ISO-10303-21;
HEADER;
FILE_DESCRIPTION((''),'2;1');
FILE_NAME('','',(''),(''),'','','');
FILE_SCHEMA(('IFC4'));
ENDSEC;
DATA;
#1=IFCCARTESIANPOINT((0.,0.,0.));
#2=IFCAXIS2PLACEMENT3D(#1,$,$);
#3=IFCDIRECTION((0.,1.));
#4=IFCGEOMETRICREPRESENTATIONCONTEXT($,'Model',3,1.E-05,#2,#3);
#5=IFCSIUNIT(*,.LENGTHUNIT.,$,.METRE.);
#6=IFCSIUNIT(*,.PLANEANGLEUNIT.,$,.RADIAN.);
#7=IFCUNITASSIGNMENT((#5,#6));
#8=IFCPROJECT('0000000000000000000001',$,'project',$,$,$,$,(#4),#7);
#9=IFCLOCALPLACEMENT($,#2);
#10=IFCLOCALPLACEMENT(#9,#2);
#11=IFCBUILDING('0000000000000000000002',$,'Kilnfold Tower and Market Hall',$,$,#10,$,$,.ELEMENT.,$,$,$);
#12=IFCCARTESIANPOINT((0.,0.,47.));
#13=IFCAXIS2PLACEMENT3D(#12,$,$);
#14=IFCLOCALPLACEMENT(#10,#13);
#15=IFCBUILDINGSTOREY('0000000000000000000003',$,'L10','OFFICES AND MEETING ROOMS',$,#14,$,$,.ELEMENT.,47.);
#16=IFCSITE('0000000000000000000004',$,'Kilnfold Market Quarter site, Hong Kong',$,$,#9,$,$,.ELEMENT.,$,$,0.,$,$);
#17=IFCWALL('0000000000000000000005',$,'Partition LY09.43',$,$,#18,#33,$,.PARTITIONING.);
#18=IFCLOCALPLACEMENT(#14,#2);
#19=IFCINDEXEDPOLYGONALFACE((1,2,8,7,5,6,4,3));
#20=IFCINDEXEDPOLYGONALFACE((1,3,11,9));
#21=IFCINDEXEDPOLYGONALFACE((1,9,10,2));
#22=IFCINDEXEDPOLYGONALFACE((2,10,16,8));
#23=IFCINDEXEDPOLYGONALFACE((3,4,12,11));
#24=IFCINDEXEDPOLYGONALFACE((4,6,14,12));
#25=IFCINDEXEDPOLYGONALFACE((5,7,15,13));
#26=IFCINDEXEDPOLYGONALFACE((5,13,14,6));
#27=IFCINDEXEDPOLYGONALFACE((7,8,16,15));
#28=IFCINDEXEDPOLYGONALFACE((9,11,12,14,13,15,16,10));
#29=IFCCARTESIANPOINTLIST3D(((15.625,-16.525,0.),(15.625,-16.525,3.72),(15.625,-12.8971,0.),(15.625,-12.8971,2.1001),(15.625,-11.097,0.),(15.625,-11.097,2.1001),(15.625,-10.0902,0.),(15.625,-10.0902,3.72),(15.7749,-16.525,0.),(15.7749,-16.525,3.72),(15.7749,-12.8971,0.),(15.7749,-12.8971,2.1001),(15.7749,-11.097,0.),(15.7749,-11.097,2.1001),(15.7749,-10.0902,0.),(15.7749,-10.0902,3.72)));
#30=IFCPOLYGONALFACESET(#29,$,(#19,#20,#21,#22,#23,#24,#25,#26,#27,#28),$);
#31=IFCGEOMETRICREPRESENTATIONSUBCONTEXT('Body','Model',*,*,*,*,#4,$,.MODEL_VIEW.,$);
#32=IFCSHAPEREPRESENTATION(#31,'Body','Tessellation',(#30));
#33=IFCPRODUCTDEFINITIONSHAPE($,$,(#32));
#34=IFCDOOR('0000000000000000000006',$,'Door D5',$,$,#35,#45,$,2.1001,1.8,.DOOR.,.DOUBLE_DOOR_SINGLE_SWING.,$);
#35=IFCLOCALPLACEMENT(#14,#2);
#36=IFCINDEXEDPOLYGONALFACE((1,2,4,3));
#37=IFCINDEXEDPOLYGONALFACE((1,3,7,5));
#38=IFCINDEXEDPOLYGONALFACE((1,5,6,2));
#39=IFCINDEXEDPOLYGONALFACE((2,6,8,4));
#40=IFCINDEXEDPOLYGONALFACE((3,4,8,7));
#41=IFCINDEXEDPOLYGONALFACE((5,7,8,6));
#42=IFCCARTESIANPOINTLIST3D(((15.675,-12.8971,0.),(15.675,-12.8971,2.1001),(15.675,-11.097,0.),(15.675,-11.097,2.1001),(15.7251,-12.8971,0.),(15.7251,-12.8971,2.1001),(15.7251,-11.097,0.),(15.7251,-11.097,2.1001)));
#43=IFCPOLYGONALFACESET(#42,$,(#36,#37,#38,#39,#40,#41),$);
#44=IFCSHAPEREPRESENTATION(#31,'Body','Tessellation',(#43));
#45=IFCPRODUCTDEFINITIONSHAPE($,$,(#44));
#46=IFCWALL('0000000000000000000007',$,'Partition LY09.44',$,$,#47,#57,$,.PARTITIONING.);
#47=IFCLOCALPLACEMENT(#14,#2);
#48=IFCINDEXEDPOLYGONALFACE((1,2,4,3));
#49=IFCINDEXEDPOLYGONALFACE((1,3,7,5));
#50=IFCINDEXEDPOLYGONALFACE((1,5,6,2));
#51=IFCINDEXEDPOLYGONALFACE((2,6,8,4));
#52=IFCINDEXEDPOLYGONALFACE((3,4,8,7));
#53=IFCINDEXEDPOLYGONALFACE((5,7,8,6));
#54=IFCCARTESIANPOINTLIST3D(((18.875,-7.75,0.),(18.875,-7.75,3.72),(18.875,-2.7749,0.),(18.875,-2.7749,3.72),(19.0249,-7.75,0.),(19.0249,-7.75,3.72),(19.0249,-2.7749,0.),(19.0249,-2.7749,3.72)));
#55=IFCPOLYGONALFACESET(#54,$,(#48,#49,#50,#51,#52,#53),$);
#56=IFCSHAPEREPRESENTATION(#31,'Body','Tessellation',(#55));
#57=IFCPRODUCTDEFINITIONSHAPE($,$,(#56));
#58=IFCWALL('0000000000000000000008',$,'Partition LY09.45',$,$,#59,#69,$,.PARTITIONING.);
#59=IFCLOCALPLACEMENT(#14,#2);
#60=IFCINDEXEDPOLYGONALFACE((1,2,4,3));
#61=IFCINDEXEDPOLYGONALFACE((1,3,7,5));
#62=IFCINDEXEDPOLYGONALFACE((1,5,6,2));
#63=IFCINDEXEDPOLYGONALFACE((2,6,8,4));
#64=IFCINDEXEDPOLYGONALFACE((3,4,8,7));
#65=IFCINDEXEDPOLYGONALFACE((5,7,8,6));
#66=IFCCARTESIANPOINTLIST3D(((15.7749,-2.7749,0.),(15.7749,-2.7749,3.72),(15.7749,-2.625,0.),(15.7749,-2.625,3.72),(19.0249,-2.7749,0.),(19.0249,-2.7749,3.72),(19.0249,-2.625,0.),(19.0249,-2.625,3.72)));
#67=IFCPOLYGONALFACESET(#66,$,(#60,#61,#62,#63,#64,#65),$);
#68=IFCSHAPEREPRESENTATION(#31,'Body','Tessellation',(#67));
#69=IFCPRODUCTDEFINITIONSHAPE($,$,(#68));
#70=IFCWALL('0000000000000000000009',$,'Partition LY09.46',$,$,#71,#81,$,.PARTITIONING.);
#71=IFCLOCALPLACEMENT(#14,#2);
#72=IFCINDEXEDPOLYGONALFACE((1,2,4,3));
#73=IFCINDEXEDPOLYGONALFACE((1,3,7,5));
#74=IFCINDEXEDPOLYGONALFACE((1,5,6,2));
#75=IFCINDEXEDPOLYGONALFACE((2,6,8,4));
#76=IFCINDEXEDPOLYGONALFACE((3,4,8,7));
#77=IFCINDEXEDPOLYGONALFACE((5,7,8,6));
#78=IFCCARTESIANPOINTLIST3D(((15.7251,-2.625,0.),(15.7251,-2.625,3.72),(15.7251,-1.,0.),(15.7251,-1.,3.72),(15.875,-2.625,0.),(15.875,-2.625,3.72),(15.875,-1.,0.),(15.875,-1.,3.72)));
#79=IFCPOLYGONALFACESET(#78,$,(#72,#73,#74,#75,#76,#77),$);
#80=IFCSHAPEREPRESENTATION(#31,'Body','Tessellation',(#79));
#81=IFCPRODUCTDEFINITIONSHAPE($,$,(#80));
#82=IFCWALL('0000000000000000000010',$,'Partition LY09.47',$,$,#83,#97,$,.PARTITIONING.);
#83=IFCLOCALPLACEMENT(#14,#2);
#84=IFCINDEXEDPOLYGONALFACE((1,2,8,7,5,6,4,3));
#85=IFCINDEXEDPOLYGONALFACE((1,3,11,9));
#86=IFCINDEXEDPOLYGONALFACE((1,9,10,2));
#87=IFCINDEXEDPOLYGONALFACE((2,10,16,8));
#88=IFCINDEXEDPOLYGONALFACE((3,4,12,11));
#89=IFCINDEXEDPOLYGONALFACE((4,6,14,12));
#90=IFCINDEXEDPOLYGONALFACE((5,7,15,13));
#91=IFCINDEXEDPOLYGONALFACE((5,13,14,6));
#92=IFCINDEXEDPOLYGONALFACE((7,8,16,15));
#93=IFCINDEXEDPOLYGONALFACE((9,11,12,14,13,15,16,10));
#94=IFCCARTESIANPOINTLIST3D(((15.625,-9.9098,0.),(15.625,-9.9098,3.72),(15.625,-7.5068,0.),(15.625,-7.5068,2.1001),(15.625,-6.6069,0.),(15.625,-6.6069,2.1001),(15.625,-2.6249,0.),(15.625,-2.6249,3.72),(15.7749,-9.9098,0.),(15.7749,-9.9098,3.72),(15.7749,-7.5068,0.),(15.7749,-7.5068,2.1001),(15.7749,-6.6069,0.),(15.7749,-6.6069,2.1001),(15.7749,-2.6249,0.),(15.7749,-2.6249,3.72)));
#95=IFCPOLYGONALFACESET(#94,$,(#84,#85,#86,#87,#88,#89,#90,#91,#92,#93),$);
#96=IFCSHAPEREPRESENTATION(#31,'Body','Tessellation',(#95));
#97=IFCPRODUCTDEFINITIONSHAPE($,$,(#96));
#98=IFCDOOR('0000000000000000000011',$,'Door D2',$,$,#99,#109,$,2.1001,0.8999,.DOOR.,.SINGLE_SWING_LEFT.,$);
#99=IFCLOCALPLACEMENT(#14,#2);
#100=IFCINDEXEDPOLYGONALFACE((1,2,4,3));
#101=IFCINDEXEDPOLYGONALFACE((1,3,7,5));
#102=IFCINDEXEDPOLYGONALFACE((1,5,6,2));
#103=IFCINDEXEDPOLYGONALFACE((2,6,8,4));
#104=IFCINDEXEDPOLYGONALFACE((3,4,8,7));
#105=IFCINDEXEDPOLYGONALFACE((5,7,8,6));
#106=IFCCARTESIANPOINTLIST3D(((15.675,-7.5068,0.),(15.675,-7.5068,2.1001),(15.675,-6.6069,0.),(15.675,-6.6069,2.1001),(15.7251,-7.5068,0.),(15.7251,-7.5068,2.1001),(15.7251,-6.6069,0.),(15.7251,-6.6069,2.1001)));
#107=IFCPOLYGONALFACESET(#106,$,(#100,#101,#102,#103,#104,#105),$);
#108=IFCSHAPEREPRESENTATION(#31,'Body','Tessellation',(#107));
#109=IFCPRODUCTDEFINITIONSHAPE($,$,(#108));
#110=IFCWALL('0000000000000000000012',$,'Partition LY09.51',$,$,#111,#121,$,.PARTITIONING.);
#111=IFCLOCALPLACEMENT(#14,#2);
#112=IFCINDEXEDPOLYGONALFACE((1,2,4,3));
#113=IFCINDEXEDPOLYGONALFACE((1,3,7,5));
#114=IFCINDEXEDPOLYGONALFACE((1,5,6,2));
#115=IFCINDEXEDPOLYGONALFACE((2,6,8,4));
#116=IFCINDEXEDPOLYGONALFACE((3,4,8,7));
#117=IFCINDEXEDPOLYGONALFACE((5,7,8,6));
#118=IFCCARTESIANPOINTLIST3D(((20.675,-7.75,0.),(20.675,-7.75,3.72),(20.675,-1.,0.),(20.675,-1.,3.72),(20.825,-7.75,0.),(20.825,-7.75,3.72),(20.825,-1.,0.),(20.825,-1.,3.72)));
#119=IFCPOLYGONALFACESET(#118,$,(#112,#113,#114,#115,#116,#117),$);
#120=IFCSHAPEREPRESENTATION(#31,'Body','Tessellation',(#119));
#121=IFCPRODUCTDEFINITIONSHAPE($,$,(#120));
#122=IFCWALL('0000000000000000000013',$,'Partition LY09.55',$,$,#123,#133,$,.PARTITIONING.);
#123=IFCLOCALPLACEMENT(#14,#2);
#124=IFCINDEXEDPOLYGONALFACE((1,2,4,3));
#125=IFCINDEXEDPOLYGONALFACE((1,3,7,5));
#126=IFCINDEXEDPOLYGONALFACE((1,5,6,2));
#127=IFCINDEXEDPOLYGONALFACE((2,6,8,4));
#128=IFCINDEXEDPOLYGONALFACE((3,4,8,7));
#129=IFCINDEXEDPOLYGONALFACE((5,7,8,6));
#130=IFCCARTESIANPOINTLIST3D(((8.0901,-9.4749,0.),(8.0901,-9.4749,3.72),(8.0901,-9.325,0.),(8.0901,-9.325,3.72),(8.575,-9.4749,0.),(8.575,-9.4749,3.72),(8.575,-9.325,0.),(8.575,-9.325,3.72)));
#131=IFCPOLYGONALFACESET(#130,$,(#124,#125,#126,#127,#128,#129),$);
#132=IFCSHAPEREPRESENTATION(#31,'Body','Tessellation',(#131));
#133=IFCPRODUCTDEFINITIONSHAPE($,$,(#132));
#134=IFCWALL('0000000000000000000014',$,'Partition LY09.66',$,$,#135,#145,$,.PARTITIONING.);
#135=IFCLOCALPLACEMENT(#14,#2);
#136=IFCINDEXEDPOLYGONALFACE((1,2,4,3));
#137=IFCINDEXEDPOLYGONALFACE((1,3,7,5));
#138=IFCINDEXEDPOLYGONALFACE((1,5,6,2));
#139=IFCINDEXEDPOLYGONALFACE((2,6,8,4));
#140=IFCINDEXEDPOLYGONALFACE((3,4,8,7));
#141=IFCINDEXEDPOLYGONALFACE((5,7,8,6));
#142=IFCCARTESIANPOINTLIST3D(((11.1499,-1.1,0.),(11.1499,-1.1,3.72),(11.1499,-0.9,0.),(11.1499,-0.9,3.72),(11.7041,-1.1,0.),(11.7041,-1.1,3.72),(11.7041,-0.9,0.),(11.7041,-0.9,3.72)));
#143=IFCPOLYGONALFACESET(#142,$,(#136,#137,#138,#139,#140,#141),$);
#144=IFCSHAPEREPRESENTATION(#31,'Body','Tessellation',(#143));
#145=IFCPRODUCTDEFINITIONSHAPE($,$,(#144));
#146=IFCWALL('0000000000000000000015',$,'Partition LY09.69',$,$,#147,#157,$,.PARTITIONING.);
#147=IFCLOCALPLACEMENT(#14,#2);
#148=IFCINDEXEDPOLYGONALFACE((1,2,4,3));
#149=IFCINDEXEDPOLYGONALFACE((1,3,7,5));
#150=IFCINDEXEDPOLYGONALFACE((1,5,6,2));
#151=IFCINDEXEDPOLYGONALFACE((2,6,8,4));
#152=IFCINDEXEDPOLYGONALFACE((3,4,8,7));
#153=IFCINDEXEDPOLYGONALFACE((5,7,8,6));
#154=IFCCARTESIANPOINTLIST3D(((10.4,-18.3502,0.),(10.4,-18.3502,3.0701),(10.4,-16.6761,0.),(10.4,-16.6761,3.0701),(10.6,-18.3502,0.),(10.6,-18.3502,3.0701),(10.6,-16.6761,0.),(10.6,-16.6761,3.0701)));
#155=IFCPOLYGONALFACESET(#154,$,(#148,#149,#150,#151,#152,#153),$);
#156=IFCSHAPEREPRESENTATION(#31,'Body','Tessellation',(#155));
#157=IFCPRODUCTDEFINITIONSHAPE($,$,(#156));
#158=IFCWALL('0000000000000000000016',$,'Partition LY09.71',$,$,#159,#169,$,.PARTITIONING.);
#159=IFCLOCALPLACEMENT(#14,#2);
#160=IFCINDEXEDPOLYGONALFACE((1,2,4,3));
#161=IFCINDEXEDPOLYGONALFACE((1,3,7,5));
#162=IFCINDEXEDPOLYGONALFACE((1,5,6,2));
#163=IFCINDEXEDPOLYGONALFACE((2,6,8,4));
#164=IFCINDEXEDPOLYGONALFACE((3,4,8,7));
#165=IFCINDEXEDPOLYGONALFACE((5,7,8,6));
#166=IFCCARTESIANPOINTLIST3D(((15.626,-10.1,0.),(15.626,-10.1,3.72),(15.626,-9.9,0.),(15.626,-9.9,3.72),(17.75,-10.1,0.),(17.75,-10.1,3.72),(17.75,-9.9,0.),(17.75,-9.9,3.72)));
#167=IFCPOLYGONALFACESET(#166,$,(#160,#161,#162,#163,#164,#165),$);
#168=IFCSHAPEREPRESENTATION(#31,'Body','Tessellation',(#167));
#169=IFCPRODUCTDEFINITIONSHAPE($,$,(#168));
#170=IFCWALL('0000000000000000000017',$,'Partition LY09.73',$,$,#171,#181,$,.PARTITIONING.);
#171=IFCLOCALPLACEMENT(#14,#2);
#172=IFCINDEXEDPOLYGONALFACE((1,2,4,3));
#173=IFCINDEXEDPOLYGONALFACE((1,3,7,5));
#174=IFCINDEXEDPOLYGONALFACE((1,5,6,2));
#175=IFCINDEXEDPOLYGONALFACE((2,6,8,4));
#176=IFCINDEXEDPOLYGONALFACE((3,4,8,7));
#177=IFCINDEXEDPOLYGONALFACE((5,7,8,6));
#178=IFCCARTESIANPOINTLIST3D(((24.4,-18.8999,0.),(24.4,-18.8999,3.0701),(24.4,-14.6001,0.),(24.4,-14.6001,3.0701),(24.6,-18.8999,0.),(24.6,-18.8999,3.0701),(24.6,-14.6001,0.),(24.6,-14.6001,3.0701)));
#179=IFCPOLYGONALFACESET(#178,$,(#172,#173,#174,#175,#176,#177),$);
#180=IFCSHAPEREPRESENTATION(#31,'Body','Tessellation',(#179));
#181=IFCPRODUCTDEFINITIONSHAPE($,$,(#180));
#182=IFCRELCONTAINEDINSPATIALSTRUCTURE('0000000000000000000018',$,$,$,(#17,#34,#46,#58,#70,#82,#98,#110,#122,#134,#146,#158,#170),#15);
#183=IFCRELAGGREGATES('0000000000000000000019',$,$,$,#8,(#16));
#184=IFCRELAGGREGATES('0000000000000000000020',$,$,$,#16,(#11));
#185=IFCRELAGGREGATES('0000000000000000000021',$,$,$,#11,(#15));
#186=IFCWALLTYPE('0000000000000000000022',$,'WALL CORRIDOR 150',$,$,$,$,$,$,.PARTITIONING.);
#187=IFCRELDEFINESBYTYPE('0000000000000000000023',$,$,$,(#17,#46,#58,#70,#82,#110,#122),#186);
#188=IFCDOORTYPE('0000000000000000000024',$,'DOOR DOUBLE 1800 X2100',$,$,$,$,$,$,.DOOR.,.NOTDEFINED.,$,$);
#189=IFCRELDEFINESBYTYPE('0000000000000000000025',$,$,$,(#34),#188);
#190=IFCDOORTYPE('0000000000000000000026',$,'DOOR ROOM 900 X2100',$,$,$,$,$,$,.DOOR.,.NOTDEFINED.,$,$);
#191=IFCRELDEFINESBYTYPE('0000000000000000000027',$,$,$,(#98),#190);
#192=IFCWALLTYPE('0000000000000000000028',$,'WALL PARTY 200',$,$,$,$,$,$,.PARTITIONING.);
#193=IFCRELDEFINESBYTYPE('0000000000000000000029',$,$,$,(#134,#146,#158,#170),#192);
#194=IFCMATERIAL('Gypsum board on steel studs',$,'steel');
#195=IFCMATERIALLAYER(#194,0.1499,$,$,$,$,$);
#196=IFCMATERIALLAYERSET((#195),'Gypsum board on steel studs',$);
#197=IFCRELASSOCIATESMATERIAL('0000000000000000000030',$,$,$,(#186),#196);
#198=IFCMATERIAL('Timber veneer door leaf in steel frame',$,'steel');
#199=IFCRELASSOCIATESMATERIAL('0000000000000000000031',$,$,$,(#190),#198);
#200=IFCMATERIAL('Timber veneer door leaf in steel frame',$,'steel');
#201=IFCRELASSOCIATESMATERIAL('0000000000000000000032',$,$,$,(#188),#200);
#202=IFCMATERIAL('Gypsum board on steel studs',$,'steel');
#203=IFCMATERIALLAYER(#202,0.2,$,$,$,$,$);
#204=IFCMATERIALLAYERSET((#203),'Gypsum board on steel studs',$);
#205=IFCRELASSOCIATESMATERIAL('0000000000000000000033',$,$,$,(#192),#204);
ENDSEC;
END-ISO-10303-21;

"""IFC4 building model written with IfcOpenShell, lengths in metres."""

from ifc_helpers import new_model, si_unit, direction, frame, frame_2d, origin, place, context, subcontext, project, spatial, rectangle, extrude, material, layer, layer_set, type_object, element, fill, save


model = new_model("IFC4")

# Units and contexts
model_context = context("Model", 3, precision=1e-05, world=origin(), true_north=direction((0.0, 1.0)))
body_context = subcontext(model_context, "Body", "Model", "MODEL_VIEW")
ifc_project = project(units=[si_unit("LENGTHUNIT", "METRE"), si_unit("PLANEANGLEUNIT", "RADIAN")], contexts=[model_context])

# Site, building, storey
site_placement = place(None, origin())
site = spatial("IfcSite", under=ifc_project, at=site_placement, Name="Kilnfold Market Quarter site, Hong Kong", CompositionType="ELEMENT", RefElevation=0.0)
building_placement = place(site_placement, origin())
building = spatial("IfcBuilding", under=site, at=building_placement, Name="Kilnfold Tower and Market Hall", CompositionType="ELEMENT")
storey_placement = place(building_placement, frame((0.0, 0.0, 47.0)))
storey = spatial("IfcBuildingStorey", under=building, at=storey_placement, Name="L10", Description="OFFICES AND MEETING ROOMS", CompositionType="ELEMENT", Elevation=47.0)

# Shared definitions
ifc_material_1 = material(Name="Gypsum board on steel studs", Category="steel")
ifc_layer_1 = layer(ifc_material_1, 0.1499)
ifc_layer_set_1 = layer_set([ifc_layer_1], Name="Gypsum board on steel studs")
wall_type_1 = type_object("IfcWallType", Name="WALL CORRIDOR 150", PredefinedType="PARTITIONING", material=ifc_layer_set_1)

# Wall, opening, door
ifc_material_2 = material(Name="Timber veneer door leaf in steel frame", Category="steel")
door_type_1 = type_object("IfcDoorType", Name="DOOR ROOM 900 X2100", OperationType="NOTDEFINED", PredefinedType="DOOR", material=ifc_material_2)
wall_1_placement = place(storey_placement, frame((15.7, -16.5249, 0.0), z_axis=(0.0, 0.0, 1.0), x_axis=(0.0, 1.0, 0.0)))
wall_1 = element("IfcWall", 1, at=wall_1_placement, inside=storey, type_object=wall_type_1, Name="Partition LY09.43", PredefinedType="PARTITIONING", context=body_context, shape_type="SweptSolid", body=[
    extrude(rectangle(XDim=6.4348, YDim=0.1499, at=frame_2d((3.2173, 0.0))), origin(), (0.0, 0.0, 1.0), 3.72),
])
opening_1_placement = place(wall_1_placement, frame((3.6279, 0.0, 0.0)))
opening_1 = element("IfcOpeningElement", 2, at=opening_1_placement, cuts=wall_1, PredefinedType="OPENING", context=body_context, shape_type="SweptSolid", body=[
    extrude(rectangle(XDim=1.8, YDim=2.1001, at=frame_2d((0.8999, 1.05))), frame((0.0, 0.085, 0.0), z_axis=(0.0, -1.0, 0.0), x_axis=(1.0, 0.0, 0.0)), (0.0, 0.0, 1.0), 0.1699),
])
ifc_material_3 = material(Name="Timber veneer door leaf in steel frame", Category="steel")
door_type_2 = type_object("IfcDoorType", Name="DOOR DOUBLE 1800 X2100", OperationType="NOTDEFINED", PredefinedType="DOOR", material=ifc_material_3)
door_1_placement = place(opening_1_placement, origin())
door_1 = element("IfcDoor", 3, at=door_1_placement, inside=storey, type_object=door_type_2, Name="Door D5", OperationType="DOUBLE_DOOR_SINGLE_SWING", OverallHeight=2.1001, OverallWidth=1.8, PredefinedType="DOOR", context=body_context, shape_type="SweptSolid", body=[
    extrude(rectangle(XDim=1.8, YDim=2.1001, at=frame_2d((0.8999, 1.05))), frame((0.0, 0.0249, 0.0), z_axis=(0.0, -1.0, 0.0), x_axis=(1.0, 0.0, 0.0)), (0.0, 0.0, 1.0), 0.05),
])
fill(opening_1, door_1)

# Walls
wall_2_placement = place(storey_placement, frame((18.95, -2.7749, 0.0), z_axis=(0.0, 0.0, 1.0), x_axis=(0.0, -1.0, 0.0)))
element("IfcWall", 4, at=wall_2_placement, inside=storey, type_object=wall_type_1, Name="Partition LY09.44", PredefinedType="PARTITIONING", context=body_context, shape_type="SweptSolid", body=[
    extrude(rectangle(XDim=4.9751, YDim=0.1499, at=frame_2d((2.4875, 0.0))), origin(), (0.0, 0.0, 1.0), 3.72),
])
wall_3_placement = place(storey_placement, frame((15.7749, -2.7, 0.0), z_axis=(0.0, 0.0, 1.0), x_axis=(1.0, 0.0, 0.0)))
element("IfcWall", 5, at=wall_3_placement, inside=storey, type_object=wall_type_1, Name="Partition LY09.45", PredefinedType="PARTITIONING", context=body_context, shape_type="SweptSolid", body=[
    extrude(rectangle(XDim=3.25, YDim=0.1499, at=frame_2d((1.625, 0.0))), origin(), (0.0, 0.0, 1.0), 3.72),
])
wall_4_placement = place(storey_placement, frame((15.8, -2.625, 0.0), z_axis=(0.0, 0.0, 1.0), x_axis=(0.0, 1.0, 0.0)))
element("IfcWall", 6, at=wall_4_placement, inside=storey, type_object=wall_type_1, Name="Partition LY09.46", PredefinedType="PARTITIONING", context=body_context, shape_type="SweptSolid", body=[
    extrude(rectangle(XDim=1.625, YDim=0.1499, at=frame_2d((0.8125, 0.0))), origin(), (0.0, 0.0, 1.0), 3.72),
])

# Wall, opening, door
wall_5_placement = place(storey_placement, frame((15.7, -9.9099, 0.0), z_axis=(0.0, 0.0, 1.0), x_axis=(0.0, 1.0, 0.0)))
wall_5 = element("IfcWall", 7, at=wall_5_placement, inside=storey, type_object=wall_type_1, Name="Partition LY09.47", PredefinedType="PARTITIONING", context=body_context, shape_type="SweptSolid", body=[
    extrude(rectangle(XDim=7.2849, YDim=0.1499, at=frame_2d((3.6426, 0.0))), origin(), (0.0, 0.0, 1.0), 3.72),
])
opening_2_placement = place(wall_5_placement, frame((2.4031, 0.0, 0.0)))
opening_2 = element("IfcOpeningElement", 8, at=opening_2_placement, cuts=wall_5, PredefinedType="OPENING", context=body_context, shape_type="SweptSolid", body=[
    extrude(rectangle(XDim=0.8999, YDim=2.1001, at=frame_2d((0.45, 1.05))), frame((0.0, 0.085, 0.0), z_axis=(0.0, -1.0, 0.0), x_axis=(1.0, 0.0, 0.0)), (0.0, 0.0, 1.0), 0.1699),
])
door_2_placement = place(opening_2_placement, origin())
door_2 = element("IfcDoor", 9, at=door_2_placement, inside=storey, type_object=door_type_1, Name="Door D2", OperationType="SINGLE_SWING_LEFT", OverallHeight=2.1001, OverallWidth=0.8999, PredefinedType="DOOR", context=body_context, shape_type="SweptSolid", body=[
    extrude(rectangle(XDim=0.8999, YDim=2.1001, at=frame_2d((0.45, 1.05))), frame((0.0, 0.0249, 0.0), z_axis=(0.0, -1.0, 0.0), x_axis=(1.0, 0.0, 0.0)), (0.0, 0.0, 1.0), 0.05),
])
fill(opening_2, door_2)

# Walls
wall_6_placement = place(storey_placement, frame((20.75, -7.75, 0.0), z_axis=(0.0, 0.0, 1.0), x_axis=(0.0, 1.0, 0.0)))
element("IfcWall", 10, at=wall_6_placement, inside=storey, type_object=wall_type_1, Name="Partition LY09.51", PredefinedType="PARTITIONING", context=body_context, shape_type="SweptSolid", body=[
    extrude(rectangle(XDim=6.75, YDim=0.1499, at=frame_2d((3.375, 0.0))), origin(), (0.0, 0.0, 1.0), 3.72),
])
wall_7_placement = place(storey_placement, frame((8.575, -9.3999, 0.0), z_axis=(0.0, 0.0, 1.0), x_axis=(-1.0, 0.0, 0.0)))
element("IfcWall", 11, at=wall_7_placement, inside=storey, type_object=wall_type_1, Name="Partition LY09.55", PredefinedType="PARTITIONING", context=body_context, shape_type="SweptSolid", body=[
    extrude(rectangle(XDim=0.4849, YDim=0.1499, at=frame_2d((0.2424, 0.0))), origin(), (0.0, 0.0, 1.0), 3.72),
])
ifc_material_4 = material(Name="Gypsum board on steel studs", Category="steel")
ifc_layer_2 = layer(ifc_material_4, 0.2)
ifc_layer_set_2 = layer_set([ifc_layer_2], Name="Gypsum board on steel studs")
wall_type_2 = type_object("IfcWallType", Name="WALL PARTY 200", PredefinedType="PARTITIONING", material=ifc_layer_set_2)
wall_8_placement = place(storey_placement, frame((11.1499, -1.0, 0.0), z_axis=(0.0, 0.0, 1.0), x_axis=(1.0, 0.0, 0.0)))
element("IfcWall", 12, at=wall_8_placement, inside=storey, type_object=wall_type_2, Name="Partition LY09.66", PredefinedType="PARTITIONING", context=body_context, shape_type="SweptSolid", body=[
    extrude(rectangle(XDim=0.5542, YDim=0.2, at=frame_2d((0.2771, 0.0))), origin(), (0.0, 0.0, 1.0), 3.72),
])
wall_9_placement = place(storey_placement, frame((10.5, -18.3501, 0.0), z_axis=(0.0, 0.0, 1.0), x_axis=(0.0, 1.0, 0.0)))
element("IfcWall", 13, at=wall_9_placement, inside=storey, type_object=wall_type_2, Name="Partition LY09.69", PredefinedType="PARTITIONING", context=body_context, shape_type="SweptSolid", body=[
    extrude(rectangle(XDim=1.6741, YDim=0.2, at=frame_2d((0.8369, 0.0))), origin(), (0.0, 0.0, 1.0), 3.0701),
])
wall_10_placement = place(storey_placement, frame((17.75, -10.0, 0.0), z_axis=(0.0, 0.0, 1.0), x_axis=(-1.0, 0.0, 0.0)))
element("IfcWall", 14, at=wall_10_placement, inside=storey, type_object=wall_type_2, Name="Partition LY09.71", PredefinedType="PARTITIONING", context=body_context, shape_type="SweptSolid", body=[
    extrude(rectangle(XDim=2.124, YDim=0.2, at=frame_2d((1.062, 0.0))), origin(), (0.0, 0.0, 1.0), 3.72),
])
wall_11_placement = place(storey_placement, frame((24.5, -18.8999, 0.0), z_axis=(0.0, 0.0, 1.0), x_axis=(0.0, 1.0, 0.0)))
element("IfcWall", 15, at=wall_11_placement, inside=storey, type_object=wall_type_2, Name="Partition LY09.73", PredefinedType="PARTITIONING", context=body_context, shape_type="SweptSolid", body=[
    extrude(rectangle(XDim=4.2998, YDim=0.2, at=frame_2d((2.1499, 0.0))), origin(), (0.0, 0.0, 1.0), 3.0701),
])

save(model, "model.ifc")
